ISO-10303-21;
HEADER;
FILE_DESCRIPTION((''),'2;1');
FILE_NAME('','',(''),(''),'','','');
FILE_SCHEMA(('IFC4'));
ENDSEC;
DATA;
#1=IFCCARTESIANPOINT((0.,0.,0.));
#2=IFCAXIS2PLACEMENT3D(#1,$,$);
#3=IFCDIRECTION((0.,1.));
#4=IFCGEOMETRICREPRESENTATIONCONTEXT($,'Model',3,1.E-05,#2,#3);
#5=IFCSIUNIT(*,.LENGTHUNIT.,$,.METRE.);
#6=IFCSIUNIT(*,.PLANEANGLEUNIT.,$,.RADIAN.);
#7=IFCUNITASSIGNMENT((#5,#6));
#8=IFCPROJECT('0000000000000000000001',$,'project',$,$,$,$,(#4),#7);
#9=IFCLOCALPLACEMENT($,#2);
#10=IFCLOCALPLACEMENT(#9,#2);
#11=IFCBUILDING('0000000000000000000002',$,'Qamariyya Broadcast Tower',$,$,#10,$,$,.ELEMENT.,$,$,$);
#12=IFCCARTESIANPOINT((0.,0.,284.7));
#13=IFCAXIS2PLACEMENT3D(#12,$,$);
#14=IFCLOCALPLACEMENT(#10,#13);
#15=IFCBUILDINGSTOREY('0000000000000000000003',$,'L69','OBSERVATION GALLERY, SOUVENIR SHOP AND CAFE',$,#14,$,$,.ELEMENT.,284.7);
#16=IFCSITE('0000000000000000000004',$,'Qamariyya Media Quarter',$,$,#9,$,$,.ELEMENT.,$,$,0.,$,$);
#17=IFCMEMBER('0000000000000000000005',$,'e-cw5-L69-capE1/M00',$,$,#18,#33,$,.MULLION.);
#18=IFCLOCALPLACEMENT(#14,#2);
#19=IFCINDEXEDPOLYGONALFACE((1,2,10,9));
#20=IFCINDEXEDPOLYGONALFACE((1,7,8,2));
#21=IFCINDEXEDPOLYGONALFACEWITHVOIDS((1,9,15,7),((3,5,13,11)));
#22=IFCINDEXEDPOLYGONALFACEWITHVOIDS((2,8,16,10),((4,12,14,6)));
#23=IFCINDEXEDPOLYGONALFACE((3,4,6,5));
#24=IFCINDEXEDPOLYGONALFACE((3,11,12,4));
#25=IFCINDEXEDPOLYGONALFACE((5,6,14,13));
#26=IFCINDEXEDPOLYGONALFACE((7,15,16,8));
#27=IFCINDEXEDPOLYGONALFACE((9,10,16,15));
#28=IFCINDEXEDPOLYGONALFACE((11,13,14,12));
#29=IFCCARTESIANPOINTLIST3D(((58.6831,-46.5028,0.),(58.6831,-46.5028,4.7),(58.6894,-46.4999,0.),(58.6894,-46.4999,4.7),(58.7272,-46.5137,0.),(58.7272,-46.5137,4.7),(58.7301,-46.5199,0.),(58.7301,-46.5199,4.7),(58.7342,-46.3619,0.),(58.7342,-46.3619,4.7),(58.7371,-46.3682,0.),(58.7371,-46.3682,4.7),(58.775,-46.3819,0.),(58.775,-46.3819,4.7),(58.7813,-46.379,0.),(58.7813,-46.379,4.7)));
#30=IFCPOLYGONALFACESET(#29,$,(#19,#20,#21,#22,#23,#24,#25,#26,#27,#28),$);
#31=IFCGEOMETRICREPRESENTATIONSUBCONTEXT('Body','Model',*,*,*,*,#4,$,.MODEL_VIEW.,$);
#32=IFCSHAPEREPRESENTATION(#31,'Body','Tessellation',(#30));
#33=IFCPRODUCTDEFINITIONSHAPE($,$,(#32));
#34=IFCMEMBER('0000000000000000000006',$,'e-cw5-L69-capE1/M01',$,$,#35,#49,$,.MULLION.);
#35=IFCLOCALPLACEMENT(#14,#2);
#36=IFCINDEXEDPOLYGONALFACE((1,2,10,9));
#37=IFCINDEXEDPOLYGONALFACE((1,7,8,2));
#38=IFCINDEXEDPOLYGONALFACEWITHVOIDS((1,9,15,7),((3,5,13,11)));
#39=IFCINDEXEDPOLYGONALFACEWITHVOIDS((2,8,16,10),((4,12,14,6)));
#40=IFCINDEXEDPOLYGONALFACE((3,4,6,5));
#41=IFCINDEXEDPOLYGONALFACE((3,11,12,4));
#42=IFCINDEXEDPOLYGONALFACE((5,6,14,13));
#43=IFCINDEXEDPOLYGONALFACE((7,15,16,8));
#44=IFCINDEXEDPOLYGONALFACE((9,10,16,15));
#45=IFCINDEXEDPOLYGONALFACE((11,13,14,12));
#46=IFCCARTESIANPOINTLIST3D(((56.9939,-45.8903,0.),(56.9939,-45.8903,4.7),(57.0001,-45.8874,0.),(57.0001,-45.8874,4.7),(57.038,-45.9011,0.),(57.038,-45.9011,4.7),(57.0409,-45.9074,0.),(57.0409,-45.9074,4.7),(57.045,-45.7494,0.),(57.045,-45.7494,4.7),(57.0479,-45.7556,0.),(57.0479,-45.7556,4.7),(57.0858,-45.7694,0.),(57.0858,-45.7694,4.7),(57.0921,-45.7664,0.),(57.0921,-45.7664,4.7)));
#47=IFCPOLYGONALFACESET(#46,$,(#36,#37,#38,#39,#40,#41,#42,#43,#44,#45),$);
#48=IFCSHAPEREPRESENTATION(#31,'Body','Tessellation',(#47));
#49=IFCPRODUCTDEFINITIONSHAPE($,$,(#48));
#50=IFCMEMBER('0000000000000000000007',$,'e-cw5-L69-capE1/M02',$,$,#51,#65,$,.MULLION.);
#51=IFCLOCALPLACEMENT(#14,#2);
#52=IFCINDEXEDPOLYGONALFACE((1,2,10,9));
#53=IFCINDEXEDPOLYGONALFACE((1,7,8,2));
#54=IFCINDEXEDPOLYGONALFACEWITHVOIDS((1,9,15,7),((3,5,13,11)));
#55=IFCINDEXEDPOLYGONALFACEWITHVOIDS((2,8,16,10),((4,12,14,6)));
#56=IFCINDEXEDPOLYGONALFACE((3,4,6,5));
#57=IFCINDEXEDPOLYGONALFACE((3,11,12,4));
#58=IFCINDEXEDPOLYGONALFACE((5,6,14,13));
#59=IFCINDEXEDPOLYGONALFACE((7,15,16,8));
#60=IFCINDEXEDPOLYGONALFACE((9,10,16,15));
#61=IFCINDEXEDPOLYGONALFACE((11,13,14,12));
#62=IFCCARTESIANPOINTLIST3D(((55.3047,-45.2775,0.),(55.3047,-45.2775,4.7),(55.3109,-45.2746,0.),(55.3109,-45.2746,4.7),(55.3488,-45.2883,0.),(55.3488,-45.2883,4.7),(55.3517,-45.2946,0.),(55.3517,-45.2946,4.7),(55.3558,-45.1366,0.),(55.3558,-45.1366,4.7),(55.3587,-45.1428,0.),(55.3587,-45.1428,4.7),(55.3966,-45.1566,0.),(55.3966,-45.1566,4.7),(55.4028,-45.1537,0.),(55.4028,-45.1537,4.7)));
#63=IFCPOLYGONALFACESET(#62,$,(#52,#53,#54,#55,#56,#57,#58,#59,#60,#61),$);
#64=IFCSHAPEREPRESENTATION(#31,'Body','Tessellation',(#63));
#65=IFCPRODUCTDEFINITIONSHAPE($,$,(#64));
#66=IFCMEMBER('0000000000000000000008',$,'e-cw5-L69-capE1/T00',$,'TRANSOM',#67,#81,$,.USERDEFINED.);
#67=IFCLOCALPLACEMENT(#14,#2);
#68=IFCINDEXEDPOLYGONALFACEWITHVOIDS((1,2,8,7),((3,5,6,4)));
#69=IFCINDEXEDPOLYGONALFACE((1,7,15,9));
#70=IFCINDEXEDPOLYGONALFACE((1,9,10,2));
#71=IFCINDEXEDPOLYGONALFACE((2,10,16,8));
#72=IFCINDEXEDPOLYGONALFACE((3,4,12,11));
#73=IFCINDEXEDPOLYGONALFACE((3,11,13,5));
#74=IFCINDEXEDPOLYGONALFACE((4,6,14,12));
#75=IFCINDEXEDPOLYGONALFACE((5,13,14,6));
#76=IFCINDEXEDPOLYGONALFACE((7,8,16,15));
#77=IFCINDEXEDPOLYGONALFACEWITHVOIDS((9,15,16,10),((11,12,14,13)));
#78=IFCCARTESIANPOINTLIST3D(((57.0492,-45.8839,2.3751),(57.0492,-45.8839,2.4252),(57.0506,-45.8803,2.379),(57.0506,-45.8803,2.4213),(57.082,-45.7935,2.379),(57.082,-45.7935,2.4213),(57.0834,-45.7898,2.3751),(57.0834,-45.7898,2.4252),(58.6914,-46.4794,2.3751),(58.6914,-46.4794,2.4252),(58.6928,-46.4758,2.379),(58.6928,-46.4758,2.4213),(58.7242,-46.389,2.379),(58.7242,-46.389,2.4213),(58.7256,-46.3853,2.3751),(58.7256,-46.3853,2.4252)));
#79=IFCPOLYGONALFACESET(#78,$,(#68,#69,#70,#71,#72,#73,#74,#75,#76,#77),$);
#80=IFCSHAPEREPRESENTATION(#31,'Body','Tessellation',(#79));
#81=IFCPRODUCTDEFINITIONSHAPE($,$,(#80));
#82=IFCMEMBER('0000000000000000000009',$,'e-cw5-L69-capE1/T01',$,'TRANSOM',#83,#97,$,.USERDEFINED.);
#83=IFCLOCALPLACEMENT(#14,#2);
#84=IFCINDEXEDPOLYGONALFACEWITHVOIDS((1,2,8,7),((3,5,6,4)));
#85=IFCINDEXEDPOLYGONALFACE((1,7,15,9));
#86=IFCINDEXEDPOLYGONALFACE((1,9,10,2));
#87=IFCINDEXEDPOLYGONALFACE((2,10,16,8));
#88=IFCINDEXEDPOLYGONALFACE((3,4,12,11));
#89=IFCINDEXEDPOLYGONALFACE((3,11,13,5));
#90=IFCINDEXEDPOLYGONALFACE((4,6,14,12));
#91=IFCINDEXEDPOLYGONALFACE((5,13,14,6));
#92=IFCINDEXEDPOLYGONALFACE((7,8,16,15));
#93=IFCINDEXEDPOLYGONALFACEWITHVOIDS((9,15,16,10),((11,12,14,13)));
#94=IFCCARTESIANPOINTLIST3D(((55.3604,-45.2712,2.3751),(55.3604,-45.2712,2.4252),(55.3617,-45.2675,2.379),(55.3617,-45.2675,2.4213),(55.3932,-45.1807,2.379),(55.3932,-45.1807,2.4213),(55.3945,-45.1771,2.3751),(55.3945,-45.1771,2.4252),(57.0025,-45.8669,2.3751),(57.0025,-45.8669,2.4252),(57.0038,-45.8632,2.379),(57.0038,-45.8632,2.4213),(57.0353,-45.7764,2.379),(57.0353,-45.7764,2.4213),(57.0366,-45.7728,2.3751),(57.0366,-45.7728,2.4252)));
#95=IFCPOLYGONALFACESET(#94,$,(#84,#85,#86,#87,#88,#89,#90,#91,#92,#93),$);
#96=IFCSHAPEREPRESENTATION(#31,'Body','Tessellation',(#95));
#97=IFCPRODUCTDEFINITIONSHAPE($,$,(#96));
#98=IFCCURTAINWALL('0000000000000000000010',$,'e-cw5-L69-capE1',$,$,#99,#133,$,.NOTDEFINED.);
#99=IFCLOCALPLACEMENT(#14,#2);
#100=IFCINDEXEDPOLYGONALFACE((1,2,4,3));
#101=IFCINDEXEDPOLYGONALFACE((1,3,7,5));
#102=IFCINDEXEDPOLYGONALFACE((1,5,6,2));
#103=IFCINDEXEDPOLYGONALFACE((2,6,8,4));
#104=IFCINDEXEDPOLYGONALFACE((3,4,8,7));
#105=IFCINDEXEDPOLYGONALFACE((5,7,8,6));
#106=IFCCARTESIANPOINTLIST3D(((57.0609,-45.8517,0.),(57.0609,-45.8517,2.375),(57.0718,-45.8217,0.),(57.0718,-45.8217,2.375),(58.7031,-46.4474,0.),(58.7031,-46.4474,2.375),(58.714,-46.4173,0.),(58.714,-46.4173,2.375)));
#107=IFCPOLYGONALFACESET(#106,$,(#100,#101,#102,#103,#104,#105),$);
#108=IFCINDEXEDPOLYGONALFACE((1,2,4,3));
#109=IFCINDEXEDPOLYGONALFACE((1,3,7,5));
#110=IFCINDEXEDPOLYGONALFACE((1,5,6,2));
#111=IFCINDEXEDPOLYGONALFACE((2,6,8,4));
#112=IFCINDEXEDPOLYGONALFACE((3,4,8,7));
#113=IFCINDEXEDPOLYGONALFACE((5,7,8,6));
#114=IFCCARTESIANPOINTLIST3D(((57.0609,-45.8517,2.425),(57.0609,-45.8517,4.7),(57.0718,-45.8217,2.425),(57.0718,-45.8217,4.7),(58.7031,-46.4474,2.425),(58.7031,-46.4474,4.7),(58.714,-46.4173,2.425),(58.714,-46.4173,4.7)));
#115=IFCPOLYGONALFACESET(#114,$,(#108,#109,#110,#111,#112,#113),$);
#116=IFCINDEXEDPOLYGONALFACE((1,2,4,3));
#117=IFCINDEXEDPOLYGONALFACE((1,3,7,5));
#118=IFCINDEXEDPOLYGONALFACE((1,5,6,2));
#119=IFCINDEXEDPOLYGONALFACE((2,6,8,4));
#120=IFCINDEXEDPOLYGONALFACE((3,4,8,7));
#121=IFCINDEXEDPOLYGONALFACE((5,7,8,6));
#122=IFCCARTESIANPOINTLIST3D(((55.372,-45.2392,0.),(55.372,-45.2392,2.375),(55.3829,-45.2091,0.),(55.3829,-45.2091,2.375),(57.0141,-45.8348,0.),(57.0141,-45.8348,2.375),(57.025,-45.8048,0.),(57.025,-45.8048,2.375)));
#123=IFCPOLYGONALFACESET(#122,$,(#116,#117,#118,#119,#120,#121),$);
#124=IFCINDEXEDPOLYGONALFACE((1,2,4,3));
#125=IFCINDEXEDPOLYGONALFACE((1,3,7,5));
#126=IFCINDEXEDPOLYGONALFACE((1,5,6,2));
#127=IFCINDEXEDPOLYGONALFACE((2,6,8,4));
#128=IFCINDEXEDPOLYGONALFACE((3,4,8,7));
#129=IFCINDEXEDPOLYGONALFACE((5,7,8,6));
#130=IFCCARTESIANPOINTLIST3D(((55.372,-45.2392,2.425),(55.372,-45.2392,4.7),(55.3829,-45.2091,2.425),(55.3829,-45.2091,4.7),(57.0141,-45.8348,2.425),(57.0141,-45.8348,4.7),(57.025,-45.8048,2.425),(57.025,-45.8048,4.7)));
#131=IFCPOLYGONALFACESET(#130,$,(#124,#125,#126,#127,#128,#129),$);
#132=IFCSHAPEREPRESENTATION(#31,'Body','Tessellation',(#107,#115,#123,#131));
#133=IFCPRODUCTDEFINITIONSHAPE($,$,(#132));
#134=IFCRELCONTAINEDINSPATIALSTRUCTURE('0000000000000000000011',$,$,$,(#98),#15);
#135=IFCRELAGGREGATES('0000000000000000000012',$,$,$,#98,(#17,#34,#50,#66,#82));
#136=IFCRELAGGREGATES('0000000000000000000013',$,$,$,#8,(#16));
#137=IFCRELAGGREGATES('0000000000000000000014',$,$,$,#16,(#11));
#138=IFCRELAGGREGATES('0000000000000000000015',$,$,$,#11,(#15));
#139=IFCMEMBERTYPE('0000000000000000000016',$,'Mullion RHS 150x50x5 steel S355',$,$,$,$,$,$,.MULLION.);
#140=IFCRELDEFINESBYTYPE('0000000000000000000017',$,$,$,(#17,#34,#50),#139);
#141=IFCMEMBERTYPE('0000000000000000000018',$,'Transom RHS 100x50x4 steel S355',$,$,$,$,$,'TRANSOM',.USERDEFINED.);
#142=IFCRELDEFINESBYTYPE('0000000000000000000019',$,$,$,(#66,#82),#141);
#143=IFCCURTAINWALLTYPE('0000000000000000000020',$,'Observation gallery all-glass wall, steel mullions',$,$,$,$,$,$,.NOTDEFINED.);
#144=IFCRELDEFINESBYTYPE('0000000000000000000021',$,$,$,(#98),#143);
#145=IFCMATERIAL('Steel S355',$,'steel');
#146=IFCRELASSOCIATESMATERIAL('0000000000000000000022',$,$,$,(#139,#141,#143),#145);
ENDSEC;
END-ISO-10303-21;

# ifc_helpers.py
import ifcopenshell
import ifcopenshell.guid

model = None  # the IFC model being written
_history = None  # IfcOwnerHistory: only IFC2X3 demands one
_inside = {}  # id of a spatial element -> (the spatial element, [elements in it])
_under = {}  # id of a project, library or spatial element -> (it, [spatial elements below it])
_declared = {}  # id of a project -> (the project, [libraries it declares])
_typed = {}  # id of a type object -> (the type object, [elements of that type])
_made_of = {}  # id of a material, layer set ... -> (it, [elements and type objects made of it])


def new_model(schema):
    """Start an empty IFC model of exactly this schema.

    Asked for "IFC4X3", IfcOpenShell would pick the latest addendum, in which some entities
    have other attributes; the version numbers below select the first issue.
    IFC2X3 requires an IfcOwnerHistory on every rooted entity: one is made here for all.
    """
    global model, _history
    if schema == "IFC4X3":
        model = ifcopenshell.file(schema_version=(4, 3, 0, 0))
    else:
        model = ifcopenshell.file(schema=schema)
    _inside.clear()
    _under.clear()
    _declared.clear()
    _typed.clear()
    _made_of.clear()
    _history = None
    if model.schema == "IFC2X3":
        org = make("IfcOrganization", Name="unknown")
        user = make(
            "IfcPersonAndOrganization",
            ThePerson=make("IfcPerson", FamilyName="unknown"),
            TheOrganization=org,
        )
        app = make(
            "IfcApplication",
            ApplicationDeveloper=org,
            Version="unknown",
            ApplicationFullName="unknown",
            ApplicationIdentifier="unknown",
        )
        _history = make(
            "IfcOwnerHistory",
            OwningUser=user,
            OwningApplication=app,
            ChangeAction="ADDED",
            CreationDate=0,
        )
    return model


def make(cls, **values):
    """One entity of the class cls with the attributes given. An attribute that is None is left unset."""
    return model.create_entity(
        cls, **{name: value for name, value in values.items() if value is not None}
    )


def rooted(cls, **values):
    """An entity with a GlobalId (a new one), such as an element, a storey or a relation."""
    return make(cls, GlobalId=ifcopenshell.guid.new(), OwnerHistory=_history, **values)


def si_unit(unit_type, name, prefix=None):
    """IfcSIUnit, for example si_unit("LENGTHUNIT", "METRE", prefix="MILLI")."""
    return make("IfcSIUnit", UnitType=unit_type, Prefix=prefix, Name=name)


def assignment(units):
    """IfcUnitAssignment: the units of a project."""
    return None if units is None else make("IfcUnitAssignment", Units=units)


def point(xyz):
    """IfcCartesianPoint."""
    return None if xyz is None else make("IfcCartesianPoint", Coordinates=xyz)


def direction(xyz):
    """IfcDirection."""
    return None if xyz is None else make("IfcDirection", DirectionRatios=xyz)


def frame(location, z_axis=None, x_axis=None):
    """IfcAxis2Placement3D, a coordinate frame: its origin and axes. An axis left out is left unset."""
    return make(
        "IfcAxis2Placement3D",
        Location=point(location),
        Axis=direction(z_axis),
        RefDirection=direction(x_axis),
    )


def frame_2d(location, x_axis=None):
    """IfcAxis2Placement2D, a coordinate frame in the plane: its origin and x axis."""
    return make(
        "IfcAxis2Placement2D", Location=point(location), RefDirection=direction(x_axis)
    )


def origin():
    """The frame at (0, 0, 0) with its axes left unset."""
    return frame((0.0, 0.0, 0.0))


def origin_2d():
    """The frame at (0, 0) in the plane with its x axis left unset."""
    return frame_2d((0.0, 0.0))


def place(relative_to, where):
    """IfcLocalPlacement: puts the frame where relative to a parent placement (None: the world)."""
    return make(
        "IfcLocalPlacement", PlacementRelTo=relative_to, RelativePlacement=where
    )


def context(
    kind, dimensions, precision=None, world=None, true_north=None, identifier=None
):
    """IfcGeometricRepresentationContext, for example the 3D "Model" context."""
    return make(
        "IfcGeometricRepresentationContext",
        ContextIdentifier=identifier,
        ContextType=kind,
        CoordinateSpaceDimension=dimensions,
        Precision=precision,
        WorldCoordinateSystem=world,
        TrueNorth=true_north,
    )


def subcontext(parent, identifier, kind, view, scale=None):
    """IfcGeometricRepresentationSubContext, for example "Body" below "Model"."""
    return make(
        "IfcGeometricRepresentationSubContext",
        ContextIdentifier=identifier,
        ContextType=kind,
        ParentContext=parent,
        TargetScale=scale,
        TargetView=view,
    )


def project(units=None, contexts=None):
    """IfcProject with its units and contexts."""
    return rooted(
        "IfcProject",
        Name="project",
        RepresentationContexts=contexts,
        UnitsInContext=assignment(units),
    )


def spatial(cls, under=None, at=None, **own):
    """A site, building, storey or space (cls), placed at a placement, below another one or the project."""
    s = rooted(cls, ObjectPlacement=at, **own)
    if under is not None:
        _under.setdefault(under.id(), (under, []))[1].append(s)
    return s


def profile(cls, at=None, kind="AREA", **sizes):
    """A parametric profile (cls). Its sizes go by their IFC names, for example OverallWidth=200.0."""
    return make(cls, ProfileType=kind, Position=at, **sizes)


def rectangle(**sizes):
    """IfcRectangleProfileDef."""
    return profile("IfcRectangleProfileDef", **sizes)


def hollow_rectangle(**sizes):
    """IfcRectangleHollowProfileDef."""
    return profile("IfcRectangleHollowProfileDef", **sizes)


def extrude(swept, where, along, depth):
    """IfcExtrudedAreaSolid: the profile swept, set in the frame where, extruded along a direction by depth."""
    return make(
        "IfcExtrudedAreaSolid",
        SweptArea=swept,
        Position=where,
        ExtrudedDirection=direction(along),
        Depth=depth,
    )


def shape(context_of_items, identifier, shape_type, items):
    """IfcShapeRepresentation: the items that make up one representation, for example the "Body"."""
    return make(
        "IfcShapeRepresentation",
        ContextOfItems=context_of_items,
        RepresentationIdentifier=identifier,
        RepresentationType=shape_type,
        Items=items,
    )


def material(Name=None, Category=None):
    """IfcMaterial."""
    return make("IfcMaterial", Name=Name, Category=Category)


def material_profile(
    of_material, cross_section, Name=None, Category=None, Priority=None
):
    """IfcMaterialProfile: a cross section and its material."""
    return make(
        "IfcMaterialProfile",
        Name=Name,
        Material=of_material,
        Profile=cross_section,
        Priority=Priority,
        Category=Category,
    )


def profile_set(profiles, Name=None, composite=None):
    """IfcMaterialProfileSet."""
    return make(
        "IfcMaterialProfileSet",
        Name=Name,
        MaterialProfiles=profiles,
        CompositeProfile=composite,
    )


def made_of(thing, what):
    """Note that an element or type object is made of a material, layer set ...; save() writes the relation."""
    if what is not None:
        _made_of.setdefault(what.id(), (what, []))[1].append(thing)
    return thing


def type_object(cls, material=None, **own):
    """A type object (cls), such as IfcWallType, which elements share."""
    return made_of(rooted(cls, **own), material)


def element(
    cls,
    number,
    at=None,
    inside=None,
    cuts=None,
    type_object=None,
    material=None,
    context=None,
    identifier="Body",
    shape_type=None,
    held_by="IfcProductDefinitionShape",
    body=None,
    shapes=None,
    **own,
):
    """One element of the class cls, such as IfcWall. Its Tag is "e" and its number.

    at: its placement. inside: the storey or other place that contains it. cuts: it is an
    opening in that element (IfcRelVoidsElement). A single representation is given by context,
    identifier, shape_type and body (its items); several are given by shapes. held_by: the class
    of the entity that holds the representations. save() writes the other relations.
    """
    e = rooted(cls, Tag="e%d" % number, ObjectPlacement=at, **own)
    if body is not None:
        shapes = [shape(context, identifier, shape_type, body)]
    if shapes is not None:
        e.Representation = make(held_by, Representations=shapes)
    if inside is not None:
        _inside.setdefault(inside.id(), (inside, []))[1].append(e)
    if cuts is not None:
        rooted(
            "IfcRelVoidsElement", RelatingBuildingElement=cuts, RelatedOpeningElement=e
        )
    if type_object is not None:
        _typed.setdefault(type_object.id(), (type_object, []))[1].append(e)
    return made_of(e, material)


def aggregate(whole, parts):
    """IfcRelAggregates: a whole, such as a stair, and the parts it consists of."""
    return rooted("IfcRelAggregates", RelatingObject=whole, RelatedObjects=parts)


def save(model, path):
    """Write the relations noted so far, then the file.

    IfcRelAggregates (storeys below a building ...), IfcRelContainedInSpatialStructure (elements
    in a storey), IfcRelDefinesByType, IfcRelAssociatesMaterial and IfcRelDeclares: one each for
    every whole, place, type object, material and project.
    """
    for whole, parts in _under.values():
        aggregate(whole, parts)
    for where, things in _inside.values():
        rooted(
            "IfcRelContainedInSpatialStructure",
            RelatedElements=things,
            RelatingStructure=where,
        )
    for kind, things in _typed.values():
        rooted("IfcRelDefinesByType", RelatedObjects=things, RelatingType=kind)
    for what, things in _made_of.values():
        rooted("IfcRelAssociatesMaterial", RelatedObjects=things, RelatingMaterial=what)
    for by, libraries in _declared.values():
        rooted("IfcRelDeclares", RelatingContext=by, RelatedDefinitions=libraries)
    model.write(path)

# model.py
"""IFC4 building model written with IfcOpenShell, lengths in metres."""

from ifc_helpers import new_model, si_unit, direction, frame, origin, origin_2d, place, context, subcontext, project, spatial, rectangle, hollow_rectangle, extrude, material, material_profile, profile_set, type_object, element, aggregate, save


model = new_model("IFC4")

# Units and contexts
model_context = context("Model", 3, precision=1e-05, world=origin(), true_north=direction((0.0, 1.0)))
body_context = subcontext(model_context, "Body", "Model", "MODEL_VIEW")
ifc_project = project(units=[si_unit("LENGTHUNIT", "METRE"), si_unit("PLANEANGLEUNIT", "RADIAN")], contexts=[model_context])

# Members
ifc_material = material(Name="Steel S355", Category="steel")
ifc_material_profile_1 = material_profile(ifc_material, hollow_rectangle(XDim=0.1499, YDim=0.05, WallThickness=0.0049, at=origin_2d()))
ifc_profile_set_1 = profile_set([ifc_material_profile_1], Name="Steel S355")
member_type_1 = type_object("IfcMemberType", Name="Mullion RHS 150x50x5 steel S355", PredefinedType="MULLION", material=ifc_profile_set_1)
site_placement = place(None, origin())
building_placement = place(site_placement, origin())
storey_placement = place(building_placement, frame((0.0, 0.0, 284.7)))
member_1_placement = place(storey_placement, frame((58.7322, -46.4409, 0.0), z_axis=(0.0, 0.0, 1.0), x_axis=(-0.340993, -0.940066, 0.0)))
member_1 = element("IfcMember", 1, at=member_1_placement, type_object=member_type_1, Name="e-cw5-L69-capE1/M00", PredefinedType="MULLION", context=body_context, shape_type="SweptSolid", body=[
    extrude(hollow_rectangle(XDim=0.1499, YDim=0.05, WallThickness=0.0049, at=origin_2d()), origin(), (0.0, 0.0, 1.0), 4.7),
])
member_2_placement = place(storey_placement, frame((57.043, -45.8284, 0.0), z_axis=(0.0, 0.0, 1.0), x_axis=(-0.340993, -0.940066, 0.0)))
member_2 = element("IfcMember", 2, at=member_2_placement, type_object=member_type_1, Name="e-cw5-L69-capE1/M01", PredefinedType="MULLION", context=body_context, shape_type="SweptSolid", body=[
    extrude(hollow_rectangle(XDim=0.1499, YDim=0.05, WallThickness=0.0049, at=origin_2d()), origin(), (0.0, 0.0, 1.0), 4.7),
])
member_3_placement = place(storey_placement, frame((55.3538, -45.2156, 0.0), z_axis=(0.0, 0.0, 1.0), x_axis=(-0.340993, -0.940066, 0.0)))
member_3 = element("IfcMember", 3, at=member_3_placement, type_object=member_type_1, Name="e-cw5-L69-capE1/M02", PredefinedType="MULLION", context=body_context, shape_type="SweptSolid", body=[
    extrude(hollow_rectangle(XDim=0.1499, YDim=0.05, WallThickness=0.0049, at=origin_2d()), origin(), (0.0, 0.0, 1.0), 4.7),
])
ifc_material_profile_2 = material_profile(ifc_material, hollow_rectangle(XDim=0.1001, YDim=0.05, WallThickness=0.0039, at=origin_2d()))
ifc_profile_set_2 = profile_set([ifc_material_profile_2], Name="Steel S355")
member_type_2 = type_object("IfcMemberType", Name="Transom RHS 100x50x4 steel S355", ElementType="TRANSOM", PredefinedType="USERDEFINED", material=ifc_profile_set_2)
member_4_placement = place(storey_placement, frame((58.7085, -46.4324, 2.4001), z_axis=(-0.940099, 0.340901, 0.0), x_axis=(-0.340901, -0.940099, 0.0)))
member_4 = element("IfcMember", 4, at=member_4_placement, type_object=member_type_2, Name="e-cw5-L69-capE1/T00", ObjectType="TRANSOM", PredefinedType="USERDEFINED", context=body_context, shape_type="SweptSolid", body=[
    extrude(hollow_rectangle(XDim=0.1001, YDim=0.05, WallThickness=0.0039, at=origin_2d()), origin(), (0.0, 0.0, 1.0), 1.7468),
])
member_5_placement = place(storey_placement, frame((57.0195, -45.8198, 2.4001), z_axis=(-0.940054, 0.341025, 0.0), x_axis=(-0.341025, -0.940054, 0.0)))
member_5 = element("IfcMember", 5, at=member_5_placement, type_object=member_type_2, Name="e-cw5-L69-capE1/T01", ObjectType="TRANSOM", PredefinedType="USERDEFINED", context=body_context, shape_type="SweptSolid", body=[
    extrude(hollow_rectangle(XDim=0.1001, YDim=0.05, WallThickness=0.0039, at=origin_2d()), origin(), (0.0, 0.0, 1.0), 1.7468),
])

# Site, building, storey
site = spatial("IfcSite", under=ifc_project, at=site_placement, Name="Qamariyya Media Quarter", CompositionType="ELEMENT", RefElevation=0.0)
building = spatial("IfcBuilding", under=site, at=building_placement, Name="Qamariyya Broadcast Tower", CompositionType="ELEMENT")
storey = spatial("IfcBuildingStorey", under=building, at=storey_placement, Name="L69", Description="OBSERVATION GALLERY, SOUVENIR SHOP AND CAFE", CompositionType="ELEMENT", Elevation=284.7)

# Curtain wall
curtain_wall_type = type_object("IfcCurtainWallType", Name="Observation gallery all-glass wall, steel mullions", PredefinedType="NOTDEFINED", material=ifc_material)
curtain_wall_1_placement = place(storey_placement, origin())
curtain_wall_1 = element("IfcCurtainWall", 6, at=curtain_wall_1_placement, inside=storey, type_object=curtain_wall_type, Name="e-cw5-L69-capE1", PredefinedType="NOTDEFINED", context=body_context, shape_type="SweptSolid", body=[
    extrude(rectangle(XDim=1.7468, YDim=0.032, at=origin_2d()), frame((57.8875, -46.1345, 0.0), x_axis=(-0.940069, 0.340984, 0.0)), (0.0, 0.0, 1.0), 2.375),
    extrude(rectangle(XDim=1.7468, YDim=0.032, at=origin_2d()), frame((57.8875, -46.1345, 2.425), x_axis=(-0.940069, 0.340984, 0.0)), (0.0, 0.0, 1.0), 2.2749),
    extrude(rectangle(XDim=1.7468, YDim=0.032, at=origin_2d()), frame((56.1985, -45.522, 0.0), x_axis=(-0.940069, 0.340984, 0.0)), (0.0, 0.0, 1.0), 2.375),
    extrude(rectangle(XDim=1.7468, YDim=0.032, at=origin_2d()), frame((56.1985, -45.522, 2.425), x_axis=(-0.940069, 0.340984, 0.0)), (0.0, 0.0, 1.0), 2.2749),
])
aggregate(curtain_wall_1, [member_1, member_2, member_3, member_4, member_5])

save(model, "model.ifc")
